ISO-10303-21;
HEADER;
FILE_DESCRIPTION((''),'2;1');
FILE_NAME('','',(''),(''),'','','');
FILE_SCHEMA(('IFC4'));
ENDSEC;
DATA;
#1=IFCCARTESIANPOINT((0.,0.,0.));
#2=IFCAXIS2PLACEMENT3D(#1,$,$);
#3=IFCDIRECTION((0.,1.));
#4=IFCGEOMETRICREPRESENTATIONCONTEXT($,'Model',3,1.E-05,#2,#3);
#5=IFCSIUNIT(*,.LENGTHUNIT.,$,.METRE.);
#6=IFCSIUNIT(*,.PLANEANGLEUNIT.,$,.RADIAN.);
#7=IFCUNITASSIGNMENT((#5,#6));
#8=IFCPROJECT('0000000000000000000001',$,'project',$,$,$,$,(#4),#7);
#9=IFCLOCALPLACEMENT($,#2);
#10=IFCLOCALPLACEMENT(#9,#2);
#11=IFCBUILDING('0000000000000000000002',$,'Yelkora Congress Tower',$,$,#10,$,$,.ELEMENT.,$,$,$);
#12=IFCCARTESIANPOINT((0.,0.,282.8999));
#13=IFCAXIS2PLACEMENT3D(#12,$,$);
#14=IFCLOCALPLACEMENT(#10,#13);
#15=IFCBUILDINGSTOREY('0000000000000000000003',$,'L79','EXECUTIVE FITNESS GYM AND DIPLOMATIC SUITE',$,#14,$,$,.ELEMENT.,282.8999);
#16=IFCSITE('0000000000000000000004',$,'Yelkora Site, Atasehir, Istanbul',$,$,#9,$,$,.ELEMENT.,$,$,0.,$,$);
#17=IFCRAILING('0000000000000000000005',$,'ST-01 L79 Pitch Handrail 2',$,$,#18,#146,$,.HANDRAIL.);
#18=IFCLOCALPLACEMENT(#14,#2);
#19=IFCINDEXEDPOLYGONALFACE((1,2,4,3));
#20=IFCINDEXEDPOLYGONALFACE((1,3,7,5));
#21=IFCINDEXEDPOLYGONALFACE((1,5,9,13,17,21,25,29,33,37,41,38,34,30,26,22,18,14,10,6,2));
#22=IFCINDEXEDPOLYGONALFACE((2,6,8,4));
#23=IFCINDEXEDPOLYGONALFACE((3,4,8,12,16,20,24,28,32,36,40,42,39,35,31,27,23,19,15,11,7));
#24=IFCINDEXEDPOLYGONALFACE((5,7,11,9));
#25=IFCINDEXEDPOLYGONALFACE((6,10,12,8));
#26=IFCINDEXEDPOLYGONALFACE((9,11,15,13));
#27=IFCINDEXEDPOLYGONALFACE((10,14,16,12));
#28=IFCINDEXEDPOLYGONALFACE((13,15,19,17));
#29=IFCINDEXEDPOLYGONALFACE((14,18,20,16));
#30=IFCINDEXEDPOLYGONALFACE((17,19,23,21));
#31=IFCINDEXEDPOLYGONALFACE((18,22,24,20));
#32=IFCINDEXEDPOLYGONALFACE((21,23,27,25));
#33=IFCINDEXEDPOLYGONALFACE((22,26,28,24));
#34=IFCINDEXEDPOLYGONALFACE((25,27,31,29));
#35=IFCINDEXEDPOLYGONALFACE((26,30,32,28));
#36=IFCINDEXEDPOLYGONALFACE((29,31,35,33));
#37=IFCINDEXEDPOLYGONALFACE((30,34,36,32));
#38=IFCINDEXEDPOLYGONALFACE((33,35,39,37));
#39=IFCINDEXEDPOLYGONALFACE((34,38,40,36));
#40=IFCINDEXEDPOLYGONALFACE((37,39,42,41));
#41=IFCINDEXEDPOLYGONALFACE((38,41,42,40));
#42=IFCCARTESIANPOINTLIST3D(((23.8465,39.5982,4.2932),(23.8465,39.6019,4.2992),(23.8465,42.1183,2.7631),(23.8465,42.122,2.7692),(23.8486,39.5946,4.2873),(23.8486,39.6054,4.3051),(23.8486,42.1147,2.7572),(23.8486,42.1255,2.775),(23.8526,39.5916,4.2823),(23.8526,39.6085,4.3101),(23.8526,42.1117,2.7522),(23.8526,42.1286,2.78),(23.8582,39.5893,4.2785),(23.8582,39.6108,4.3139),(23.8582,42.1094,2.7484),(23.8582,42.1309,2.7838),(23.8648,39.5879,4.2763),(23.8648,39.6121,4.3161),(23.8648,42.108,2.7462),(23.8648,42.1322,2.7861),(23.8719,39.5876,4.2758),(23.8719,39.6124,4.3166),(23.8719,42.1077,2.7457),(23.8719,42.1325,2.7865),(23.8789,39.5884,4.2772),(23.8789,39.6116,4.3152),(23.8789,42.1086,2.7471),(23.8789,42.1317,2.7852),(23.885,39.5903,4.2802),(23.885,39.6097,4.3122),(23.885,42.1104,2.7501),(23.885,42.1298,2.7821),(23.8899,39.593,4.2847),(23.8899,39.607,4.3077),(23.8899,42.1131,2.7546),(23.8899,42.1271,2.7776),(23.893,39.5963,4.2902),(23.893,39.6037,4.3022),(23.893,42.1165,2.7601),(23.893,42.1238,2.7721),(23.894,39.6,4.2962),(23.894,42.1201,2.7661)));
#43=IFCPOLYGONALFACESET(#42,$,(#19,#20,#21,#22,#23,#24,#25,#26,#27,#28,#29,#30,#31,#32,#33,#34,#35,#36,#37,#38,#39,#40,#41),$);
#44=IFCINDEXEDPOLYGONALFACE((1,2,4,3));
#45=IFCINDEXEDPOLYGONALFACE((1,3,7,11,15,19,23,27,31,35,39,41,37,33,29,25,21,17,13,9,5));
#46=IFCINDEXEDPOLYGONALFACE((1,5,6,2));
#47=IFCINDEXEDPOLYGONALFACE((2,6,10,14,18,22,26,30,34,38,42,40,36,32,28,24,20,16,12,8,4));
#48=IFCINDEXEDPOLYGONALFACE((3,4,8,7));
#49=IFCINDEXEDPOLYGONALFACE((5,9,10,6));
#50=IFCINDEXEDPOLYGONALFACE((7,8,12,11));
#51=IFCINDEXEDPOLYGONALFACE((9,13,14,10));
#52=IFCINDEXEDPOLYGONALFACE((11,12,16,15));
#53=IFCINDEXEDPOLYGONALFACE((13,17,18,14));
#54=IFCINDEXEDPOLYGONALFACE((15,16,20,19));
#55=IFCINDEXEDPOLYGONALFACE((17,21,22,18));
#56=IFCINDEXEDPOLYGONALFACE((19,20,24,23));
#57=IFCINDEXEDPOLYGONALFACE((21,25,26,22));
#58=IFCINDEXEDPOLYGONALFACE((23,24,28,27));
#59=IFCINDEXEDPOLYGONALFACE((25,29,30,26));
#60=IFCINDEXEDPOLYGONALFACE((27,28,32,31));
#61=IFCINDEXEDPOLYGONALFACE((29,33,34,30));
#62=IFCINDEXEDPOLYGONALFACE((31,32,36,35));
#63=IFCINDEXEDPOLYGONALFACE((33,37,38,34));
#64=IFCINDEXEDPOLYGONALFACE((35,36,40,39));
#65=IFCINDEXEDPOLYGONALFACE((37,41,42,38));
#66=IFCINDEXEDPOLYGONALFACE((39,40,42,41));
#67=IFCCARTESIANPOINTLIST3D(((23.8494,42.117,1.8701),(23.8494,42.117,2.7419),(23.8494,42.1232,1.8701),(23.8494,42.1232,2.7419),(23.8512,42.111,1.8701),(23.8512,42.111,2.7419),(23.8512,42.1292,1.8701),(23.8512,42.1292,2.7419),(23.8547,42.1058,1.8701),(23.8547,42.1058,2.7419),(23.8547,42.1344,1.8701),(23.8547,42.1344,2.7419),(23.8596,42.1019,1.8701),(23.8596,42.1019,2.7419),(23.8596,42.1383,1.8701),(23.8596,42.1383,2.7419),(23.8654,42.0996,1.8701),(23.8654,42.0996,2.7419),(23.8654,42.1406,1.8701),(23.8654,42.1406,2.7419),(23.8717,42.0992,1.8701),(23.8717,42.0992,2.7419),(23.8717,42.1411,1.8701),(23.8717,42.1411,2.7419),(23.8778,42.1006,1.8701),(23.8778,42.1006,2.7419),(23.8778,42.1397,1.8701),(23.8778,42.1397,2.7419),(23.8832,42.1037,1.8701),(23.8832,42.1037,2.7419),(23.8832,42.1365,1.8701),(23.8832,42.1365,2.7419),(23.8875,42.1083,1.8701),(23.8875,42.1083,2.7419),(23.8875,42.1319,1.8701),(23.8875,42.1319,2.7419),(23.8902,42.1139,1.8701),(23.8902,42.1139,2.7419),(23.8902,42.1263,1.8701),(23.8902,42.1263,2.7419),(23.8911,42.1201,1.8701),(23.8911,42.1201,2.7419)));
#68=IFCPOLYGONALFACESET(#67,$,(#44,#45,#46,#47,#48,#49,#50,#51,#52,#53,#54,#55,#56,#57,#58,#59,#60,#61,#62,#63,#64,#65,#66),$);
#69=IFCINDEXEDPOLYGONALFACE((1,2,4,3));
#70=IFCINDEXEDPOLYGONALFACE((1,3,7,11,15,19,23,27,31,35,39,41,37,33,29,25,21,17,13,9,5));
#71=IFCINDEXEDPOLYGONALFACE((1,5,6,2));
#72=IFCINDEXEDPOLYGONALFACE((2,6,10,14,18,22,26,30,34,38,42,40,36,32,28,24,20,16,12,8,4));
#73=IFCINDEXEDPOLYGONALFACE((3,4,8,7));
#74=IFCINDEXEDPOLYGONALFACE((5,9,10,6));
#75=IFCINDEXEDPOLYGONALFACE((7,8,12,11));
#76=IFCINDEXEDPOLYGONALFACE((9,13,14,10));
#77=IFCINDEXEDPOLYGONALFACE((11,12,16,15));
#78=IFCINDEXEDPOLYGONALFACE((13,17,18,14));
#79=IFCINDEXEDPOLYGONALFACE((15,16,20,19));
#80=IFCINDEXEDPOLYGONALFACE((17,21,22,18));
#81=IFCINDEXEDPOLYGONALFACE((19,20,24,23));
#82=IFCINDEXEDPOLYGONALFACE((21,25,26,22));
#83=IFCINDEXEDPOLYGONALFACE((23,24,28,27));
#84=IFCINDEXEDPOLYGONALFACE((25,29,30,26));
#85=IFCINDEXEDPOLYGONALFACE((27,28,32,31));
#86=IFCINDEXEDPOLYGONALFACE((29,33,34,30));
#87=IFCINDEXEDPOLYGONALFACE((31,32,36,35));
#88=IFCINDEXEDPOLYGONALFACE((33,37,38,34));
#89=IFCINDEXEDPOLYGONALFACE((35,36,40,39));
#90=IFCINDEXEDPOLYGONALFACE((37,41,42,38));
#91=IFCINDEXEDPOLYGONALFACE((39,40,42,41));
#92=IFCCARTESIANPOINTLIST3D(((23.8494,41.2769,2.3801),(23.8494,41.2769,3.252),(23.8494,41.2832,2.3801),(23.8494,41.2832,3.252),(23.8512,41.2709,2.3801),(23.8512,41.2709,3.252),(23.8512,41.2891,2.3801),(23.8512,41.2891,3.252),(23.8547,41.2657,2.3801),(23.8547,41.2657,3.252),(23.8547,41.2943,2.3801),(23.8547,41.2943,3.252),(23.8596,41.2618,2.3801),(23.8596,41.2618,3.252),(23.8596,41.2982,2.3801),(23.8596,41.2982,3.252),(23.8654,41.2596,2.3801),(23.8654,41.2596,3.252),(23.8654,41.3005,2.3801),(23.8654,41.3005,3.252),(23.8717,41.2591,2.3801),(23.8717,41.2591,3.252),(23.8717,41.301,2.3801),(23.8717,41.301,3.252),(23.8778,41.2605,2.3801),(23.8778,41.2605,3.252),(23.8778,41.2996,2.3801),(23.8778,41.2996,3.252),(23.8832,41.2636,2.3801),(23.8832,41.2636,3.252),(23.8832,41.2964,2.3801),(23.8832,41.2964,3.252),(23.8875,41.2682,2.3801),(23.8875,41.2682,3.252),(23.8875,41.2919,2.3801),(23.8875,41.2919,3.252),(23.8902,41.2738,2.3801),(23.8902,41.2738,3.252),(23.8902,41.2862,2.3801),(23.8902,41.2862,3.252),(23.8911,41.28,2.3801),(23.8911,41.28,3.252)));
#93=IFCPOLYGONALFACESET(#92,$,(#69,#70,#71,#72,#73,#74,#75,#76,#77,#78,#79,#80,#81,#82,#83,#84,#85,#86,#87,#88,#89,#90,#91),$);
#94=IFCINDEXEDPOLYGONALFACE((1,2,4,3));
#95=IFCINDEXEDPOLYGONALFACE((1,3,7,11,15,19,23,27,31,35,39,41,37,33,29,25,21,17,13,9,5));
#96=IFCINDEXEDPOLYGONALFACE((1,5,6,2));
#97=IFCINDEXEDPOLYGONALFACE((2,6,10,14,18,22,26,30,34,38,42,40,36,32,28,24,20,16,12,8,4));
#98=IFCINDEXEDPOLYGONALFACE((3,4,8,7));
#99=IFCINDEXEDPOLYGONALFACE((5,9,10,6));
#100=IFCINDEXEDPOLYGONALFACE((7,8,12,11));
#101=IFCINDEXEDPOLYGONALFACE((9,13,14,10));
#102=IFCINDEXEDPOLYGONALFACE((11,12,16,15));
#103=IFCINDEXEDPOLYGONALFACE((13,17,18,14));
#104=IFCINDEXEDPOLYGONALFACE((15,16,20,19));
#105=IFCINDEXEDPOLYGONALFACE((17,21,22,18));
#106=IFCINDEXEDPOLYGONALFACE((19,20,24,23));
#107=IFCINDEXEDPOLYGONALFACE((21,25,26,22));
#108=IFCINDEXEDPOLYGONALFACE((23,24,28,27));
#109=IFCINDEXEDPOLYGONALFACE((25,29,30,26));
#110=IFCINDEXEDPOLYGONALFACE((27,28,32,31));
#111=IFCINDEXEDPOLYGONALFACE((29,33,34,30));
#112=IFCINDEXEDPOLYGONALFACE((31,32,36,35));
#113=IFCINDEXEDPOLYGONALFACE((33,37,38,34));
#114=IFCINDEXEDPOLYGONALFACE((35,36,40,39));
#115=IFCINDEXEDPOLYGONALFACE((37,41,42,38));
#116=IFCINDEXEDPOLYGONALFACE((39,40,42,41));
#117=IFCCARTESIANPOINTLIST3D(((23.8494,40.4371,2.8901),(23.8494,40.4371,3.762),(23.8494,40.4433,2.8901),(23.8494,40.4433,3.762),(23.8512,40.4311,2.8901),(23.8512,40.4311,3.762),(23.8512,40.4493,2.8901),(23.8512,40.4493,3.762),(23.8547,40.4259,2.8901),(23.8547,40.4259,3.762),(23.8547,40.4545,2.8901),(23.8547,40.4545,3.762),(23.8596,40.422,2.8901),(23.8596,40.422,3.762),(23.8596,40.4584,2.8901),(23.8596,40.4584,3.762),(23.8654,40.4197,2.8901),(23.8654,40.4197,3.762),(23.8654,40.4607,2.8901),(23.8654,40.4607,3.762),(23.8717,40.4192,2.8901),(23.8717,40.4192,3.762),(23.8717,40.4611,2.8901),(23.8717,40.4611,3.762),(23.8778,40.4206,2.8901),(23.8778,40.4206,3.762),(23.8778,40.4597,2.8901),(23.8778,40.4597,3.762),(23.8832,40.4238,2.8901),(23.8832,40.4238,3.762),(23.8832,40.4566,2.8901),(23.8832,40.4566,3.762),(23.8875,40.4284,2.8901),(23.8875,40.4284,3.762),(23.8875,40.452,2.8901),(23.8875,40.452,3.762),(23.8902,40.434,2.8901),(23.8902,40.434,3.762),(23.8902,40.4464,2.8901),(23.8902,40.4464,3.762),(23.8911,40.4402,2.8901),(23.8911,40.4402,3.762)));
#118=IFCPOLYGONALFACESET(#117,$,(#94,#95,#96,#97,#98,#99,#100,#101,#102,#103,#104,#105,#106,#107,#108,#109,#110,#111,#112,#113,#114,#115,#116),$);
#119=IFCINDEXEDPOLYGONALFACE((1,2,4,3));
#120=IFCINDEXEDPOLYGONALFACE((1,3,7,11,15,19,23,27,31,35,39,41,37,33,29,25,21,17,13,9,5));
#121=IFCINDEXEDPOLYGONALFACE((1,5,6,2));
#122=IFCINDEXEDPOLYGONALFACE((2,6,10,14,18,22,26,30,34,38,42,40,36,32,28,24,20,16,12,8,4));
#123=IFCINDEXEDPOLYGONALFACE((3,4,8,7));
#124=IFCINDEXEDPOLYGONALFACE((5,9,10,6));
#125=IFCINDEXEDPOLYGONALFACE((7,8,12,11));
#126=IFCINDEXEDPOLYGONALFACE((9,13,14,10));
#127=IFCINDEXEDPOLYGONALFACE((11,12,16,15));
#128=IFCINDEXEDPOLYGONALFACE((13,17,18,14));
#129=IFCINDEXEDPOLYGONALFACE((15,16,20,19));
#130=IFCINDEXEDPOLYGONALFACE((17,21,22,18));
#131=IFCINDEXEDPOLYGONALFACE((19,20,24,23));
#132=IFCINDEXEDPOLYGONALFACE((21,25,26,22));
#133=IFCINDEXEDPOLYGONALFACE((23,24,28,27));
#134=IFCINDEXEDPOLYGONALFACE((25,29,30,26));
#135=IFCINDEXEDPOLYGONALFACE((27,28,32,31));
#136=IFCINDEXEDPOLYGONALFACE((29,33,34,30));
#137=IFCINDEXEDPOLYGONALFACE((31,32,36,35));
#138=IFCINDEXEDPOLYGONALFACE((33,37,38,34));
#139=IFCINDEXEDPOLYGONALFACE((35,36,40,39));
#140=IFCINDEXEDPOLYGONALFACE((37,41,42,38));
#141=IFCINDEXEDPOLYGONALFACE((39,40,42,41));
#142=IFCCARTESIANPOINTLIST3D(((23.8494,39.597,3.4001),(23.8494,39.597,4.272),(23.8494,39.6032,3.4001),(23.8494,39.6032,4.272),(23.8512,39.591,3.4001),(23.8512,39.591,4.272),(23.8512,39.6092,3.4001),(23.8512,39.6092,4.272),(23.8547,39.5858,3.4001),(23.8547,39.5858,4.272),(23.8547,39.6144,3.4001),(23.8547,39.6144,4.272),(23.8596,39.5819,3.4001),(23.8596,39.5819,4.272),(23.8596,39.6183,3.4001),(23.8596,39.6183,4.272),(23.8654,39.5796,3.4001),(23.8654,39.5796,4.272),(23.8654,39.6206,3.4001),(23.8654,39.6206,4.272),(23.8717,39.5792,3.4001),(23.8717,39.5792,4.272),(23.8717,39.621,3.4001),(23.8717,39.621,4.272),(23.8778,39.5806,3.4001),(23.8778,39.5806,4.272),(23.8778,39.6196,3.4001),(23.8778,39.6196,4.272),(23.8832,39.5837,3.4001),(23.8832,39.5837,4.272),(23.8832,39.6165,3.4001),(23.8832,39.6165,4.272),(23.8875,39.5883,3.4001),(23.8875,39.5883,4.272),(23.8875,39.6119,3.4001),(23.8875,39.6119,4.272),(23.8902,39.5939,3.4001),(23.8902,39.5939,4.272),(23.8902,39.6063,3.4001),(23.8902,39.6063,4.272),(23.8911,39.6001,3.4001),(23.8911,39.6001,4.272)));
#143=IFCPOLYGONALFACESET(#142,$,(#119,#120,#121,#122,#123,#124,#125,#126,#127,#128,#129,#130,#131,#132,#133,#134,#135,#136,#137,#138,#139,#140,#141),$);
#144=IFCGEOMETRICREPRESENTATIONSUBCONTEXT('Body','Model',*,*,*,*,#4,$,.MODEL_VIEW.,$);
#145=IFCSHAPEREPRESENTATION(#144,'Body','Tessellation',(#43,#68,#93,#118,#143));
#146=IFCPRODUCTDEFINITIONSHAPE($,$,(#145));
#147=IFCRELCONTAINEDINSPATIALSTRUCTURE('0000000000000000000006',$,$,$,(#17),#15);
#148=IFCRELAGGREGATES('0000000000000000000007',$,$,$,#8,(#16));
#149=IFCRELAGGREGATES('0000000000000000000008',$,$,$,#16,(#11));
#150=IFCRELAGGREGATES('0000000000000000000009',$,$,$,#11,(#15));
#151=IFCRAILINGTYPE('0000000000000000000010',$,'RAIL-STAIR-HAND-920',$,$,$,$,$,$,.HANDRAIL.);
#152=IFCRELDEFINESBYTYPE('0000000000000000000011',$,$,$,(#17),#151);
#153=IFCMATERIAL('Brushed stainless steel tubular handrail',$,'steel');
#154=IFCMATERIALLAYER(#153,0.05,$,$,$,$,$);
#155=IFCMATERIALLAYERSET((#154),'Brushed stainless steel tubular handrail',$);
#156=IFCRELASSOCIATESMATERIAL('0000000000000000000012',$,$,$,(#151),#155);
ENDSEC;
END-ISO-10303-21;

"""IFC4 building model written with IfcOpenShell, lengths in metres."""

from ifc_helpers import new_model, si_unit, direction, frame, origin, origin_2d, place, context, subcontext, project, spatial, circle, extrude, material, layer, layer_set, type_object, element, save


model = new_model("IFC4")

# Units and contexts
model_context = context("Model", 3, precision=1e-05, world=origin(), true_north=direction((0.0, 1.0)))
body_context = subcontext(model_context, "Body", "Model", "MODEL_VIEW")
ifc_project = project(units=[si_unit("LENGTHUNIT", "METRE"), si_unit("PLANEANGLEUNIT", "RADIAN")], contexts=[model_context])

# Site, building, storey
site_placement = place(None, origin())
site = spatial("IfcSite", under=ifc_project, at=site_placement, Name="Yelkora Site, Atasehir, Istanbul", CompositionType="ELEMENT", RefElevation=0.0)
building_placement = place(site_placement, origin())
building = spatial("IfcBuilding", under=site, at=building_placement, Name="Yelkora Congress Tower", CompositionType="ELEMENT")
storey_placement = place(building_placement, frame((0.0, 0.0, 282.8999)))
storey = spatial("IfcBuildingStorey", under=building, at=storey_placement, Name="L79", Description="EXECUTIVE FITNESS GYM AND DIPLOMATIC SUITE", CompositionType="ELEMENT", Elevation=282.8999)

# Railing
ifc_material_1 = material(Name="Brushed stainless steel tubular handrail", Category="steel")
ifc_layer_1 = layer(ifc_material_1, 0.05)
ifc_layer_set_1 = layer_set([ifc_layer_1], Name="Brushed stainless steel tubular handrail")
railing_type_1 = type_object("IfcRailingType", Name="RAIL-STAIR-HAND-920", PredefinedType="HANDRAIL", material=ifc_layer_set_1)
railing_1_placement = place(storey_placement, frame((23.8701, 42.1201, 1.8701)))
element("IfcRailing", 1, at=railing_1_placement, inside=storey, type_object=railing_type_1, Name="ST-01 L79 Pitch Handrail 2", PredefinedType="HANDRAIL", context=body_context, shape_type="SweptSolid", body=[
    extrude(circle(Radius=0.0239, at=origin_2d()), frame((0.0, 0.0, 0.896), z_axis=(0.0, -0.854785, 0.518982), x_axis=(1.0, 0.0, 0.0)), (0.0, 0.0, 1.0), 2.9482),
    extrude(circle(Radius=0.021, at=origin_2d()), origin(), (0.0, 0.0, 1.0), 0.8718),
    extrude(circle(Radius=0.021, at=origin_2d()), frame((0.0, -0.8401, 0.51)), (0.0, 0.0, 1.0), 0.8718),
    extrude(circle(Radius=0.021, at=origin_2d()), frame((0.0, -1.6799, 1.02)), (0.0, 0.0, 1.0), 0.8718),
    extrude(circle(Radius=0.021, at=origin_2d()), frame((0.0, -2.52, 1.53)), (0.0, 0.0, 1.0), 0.8718),
])

save(model, "model.ifc")
